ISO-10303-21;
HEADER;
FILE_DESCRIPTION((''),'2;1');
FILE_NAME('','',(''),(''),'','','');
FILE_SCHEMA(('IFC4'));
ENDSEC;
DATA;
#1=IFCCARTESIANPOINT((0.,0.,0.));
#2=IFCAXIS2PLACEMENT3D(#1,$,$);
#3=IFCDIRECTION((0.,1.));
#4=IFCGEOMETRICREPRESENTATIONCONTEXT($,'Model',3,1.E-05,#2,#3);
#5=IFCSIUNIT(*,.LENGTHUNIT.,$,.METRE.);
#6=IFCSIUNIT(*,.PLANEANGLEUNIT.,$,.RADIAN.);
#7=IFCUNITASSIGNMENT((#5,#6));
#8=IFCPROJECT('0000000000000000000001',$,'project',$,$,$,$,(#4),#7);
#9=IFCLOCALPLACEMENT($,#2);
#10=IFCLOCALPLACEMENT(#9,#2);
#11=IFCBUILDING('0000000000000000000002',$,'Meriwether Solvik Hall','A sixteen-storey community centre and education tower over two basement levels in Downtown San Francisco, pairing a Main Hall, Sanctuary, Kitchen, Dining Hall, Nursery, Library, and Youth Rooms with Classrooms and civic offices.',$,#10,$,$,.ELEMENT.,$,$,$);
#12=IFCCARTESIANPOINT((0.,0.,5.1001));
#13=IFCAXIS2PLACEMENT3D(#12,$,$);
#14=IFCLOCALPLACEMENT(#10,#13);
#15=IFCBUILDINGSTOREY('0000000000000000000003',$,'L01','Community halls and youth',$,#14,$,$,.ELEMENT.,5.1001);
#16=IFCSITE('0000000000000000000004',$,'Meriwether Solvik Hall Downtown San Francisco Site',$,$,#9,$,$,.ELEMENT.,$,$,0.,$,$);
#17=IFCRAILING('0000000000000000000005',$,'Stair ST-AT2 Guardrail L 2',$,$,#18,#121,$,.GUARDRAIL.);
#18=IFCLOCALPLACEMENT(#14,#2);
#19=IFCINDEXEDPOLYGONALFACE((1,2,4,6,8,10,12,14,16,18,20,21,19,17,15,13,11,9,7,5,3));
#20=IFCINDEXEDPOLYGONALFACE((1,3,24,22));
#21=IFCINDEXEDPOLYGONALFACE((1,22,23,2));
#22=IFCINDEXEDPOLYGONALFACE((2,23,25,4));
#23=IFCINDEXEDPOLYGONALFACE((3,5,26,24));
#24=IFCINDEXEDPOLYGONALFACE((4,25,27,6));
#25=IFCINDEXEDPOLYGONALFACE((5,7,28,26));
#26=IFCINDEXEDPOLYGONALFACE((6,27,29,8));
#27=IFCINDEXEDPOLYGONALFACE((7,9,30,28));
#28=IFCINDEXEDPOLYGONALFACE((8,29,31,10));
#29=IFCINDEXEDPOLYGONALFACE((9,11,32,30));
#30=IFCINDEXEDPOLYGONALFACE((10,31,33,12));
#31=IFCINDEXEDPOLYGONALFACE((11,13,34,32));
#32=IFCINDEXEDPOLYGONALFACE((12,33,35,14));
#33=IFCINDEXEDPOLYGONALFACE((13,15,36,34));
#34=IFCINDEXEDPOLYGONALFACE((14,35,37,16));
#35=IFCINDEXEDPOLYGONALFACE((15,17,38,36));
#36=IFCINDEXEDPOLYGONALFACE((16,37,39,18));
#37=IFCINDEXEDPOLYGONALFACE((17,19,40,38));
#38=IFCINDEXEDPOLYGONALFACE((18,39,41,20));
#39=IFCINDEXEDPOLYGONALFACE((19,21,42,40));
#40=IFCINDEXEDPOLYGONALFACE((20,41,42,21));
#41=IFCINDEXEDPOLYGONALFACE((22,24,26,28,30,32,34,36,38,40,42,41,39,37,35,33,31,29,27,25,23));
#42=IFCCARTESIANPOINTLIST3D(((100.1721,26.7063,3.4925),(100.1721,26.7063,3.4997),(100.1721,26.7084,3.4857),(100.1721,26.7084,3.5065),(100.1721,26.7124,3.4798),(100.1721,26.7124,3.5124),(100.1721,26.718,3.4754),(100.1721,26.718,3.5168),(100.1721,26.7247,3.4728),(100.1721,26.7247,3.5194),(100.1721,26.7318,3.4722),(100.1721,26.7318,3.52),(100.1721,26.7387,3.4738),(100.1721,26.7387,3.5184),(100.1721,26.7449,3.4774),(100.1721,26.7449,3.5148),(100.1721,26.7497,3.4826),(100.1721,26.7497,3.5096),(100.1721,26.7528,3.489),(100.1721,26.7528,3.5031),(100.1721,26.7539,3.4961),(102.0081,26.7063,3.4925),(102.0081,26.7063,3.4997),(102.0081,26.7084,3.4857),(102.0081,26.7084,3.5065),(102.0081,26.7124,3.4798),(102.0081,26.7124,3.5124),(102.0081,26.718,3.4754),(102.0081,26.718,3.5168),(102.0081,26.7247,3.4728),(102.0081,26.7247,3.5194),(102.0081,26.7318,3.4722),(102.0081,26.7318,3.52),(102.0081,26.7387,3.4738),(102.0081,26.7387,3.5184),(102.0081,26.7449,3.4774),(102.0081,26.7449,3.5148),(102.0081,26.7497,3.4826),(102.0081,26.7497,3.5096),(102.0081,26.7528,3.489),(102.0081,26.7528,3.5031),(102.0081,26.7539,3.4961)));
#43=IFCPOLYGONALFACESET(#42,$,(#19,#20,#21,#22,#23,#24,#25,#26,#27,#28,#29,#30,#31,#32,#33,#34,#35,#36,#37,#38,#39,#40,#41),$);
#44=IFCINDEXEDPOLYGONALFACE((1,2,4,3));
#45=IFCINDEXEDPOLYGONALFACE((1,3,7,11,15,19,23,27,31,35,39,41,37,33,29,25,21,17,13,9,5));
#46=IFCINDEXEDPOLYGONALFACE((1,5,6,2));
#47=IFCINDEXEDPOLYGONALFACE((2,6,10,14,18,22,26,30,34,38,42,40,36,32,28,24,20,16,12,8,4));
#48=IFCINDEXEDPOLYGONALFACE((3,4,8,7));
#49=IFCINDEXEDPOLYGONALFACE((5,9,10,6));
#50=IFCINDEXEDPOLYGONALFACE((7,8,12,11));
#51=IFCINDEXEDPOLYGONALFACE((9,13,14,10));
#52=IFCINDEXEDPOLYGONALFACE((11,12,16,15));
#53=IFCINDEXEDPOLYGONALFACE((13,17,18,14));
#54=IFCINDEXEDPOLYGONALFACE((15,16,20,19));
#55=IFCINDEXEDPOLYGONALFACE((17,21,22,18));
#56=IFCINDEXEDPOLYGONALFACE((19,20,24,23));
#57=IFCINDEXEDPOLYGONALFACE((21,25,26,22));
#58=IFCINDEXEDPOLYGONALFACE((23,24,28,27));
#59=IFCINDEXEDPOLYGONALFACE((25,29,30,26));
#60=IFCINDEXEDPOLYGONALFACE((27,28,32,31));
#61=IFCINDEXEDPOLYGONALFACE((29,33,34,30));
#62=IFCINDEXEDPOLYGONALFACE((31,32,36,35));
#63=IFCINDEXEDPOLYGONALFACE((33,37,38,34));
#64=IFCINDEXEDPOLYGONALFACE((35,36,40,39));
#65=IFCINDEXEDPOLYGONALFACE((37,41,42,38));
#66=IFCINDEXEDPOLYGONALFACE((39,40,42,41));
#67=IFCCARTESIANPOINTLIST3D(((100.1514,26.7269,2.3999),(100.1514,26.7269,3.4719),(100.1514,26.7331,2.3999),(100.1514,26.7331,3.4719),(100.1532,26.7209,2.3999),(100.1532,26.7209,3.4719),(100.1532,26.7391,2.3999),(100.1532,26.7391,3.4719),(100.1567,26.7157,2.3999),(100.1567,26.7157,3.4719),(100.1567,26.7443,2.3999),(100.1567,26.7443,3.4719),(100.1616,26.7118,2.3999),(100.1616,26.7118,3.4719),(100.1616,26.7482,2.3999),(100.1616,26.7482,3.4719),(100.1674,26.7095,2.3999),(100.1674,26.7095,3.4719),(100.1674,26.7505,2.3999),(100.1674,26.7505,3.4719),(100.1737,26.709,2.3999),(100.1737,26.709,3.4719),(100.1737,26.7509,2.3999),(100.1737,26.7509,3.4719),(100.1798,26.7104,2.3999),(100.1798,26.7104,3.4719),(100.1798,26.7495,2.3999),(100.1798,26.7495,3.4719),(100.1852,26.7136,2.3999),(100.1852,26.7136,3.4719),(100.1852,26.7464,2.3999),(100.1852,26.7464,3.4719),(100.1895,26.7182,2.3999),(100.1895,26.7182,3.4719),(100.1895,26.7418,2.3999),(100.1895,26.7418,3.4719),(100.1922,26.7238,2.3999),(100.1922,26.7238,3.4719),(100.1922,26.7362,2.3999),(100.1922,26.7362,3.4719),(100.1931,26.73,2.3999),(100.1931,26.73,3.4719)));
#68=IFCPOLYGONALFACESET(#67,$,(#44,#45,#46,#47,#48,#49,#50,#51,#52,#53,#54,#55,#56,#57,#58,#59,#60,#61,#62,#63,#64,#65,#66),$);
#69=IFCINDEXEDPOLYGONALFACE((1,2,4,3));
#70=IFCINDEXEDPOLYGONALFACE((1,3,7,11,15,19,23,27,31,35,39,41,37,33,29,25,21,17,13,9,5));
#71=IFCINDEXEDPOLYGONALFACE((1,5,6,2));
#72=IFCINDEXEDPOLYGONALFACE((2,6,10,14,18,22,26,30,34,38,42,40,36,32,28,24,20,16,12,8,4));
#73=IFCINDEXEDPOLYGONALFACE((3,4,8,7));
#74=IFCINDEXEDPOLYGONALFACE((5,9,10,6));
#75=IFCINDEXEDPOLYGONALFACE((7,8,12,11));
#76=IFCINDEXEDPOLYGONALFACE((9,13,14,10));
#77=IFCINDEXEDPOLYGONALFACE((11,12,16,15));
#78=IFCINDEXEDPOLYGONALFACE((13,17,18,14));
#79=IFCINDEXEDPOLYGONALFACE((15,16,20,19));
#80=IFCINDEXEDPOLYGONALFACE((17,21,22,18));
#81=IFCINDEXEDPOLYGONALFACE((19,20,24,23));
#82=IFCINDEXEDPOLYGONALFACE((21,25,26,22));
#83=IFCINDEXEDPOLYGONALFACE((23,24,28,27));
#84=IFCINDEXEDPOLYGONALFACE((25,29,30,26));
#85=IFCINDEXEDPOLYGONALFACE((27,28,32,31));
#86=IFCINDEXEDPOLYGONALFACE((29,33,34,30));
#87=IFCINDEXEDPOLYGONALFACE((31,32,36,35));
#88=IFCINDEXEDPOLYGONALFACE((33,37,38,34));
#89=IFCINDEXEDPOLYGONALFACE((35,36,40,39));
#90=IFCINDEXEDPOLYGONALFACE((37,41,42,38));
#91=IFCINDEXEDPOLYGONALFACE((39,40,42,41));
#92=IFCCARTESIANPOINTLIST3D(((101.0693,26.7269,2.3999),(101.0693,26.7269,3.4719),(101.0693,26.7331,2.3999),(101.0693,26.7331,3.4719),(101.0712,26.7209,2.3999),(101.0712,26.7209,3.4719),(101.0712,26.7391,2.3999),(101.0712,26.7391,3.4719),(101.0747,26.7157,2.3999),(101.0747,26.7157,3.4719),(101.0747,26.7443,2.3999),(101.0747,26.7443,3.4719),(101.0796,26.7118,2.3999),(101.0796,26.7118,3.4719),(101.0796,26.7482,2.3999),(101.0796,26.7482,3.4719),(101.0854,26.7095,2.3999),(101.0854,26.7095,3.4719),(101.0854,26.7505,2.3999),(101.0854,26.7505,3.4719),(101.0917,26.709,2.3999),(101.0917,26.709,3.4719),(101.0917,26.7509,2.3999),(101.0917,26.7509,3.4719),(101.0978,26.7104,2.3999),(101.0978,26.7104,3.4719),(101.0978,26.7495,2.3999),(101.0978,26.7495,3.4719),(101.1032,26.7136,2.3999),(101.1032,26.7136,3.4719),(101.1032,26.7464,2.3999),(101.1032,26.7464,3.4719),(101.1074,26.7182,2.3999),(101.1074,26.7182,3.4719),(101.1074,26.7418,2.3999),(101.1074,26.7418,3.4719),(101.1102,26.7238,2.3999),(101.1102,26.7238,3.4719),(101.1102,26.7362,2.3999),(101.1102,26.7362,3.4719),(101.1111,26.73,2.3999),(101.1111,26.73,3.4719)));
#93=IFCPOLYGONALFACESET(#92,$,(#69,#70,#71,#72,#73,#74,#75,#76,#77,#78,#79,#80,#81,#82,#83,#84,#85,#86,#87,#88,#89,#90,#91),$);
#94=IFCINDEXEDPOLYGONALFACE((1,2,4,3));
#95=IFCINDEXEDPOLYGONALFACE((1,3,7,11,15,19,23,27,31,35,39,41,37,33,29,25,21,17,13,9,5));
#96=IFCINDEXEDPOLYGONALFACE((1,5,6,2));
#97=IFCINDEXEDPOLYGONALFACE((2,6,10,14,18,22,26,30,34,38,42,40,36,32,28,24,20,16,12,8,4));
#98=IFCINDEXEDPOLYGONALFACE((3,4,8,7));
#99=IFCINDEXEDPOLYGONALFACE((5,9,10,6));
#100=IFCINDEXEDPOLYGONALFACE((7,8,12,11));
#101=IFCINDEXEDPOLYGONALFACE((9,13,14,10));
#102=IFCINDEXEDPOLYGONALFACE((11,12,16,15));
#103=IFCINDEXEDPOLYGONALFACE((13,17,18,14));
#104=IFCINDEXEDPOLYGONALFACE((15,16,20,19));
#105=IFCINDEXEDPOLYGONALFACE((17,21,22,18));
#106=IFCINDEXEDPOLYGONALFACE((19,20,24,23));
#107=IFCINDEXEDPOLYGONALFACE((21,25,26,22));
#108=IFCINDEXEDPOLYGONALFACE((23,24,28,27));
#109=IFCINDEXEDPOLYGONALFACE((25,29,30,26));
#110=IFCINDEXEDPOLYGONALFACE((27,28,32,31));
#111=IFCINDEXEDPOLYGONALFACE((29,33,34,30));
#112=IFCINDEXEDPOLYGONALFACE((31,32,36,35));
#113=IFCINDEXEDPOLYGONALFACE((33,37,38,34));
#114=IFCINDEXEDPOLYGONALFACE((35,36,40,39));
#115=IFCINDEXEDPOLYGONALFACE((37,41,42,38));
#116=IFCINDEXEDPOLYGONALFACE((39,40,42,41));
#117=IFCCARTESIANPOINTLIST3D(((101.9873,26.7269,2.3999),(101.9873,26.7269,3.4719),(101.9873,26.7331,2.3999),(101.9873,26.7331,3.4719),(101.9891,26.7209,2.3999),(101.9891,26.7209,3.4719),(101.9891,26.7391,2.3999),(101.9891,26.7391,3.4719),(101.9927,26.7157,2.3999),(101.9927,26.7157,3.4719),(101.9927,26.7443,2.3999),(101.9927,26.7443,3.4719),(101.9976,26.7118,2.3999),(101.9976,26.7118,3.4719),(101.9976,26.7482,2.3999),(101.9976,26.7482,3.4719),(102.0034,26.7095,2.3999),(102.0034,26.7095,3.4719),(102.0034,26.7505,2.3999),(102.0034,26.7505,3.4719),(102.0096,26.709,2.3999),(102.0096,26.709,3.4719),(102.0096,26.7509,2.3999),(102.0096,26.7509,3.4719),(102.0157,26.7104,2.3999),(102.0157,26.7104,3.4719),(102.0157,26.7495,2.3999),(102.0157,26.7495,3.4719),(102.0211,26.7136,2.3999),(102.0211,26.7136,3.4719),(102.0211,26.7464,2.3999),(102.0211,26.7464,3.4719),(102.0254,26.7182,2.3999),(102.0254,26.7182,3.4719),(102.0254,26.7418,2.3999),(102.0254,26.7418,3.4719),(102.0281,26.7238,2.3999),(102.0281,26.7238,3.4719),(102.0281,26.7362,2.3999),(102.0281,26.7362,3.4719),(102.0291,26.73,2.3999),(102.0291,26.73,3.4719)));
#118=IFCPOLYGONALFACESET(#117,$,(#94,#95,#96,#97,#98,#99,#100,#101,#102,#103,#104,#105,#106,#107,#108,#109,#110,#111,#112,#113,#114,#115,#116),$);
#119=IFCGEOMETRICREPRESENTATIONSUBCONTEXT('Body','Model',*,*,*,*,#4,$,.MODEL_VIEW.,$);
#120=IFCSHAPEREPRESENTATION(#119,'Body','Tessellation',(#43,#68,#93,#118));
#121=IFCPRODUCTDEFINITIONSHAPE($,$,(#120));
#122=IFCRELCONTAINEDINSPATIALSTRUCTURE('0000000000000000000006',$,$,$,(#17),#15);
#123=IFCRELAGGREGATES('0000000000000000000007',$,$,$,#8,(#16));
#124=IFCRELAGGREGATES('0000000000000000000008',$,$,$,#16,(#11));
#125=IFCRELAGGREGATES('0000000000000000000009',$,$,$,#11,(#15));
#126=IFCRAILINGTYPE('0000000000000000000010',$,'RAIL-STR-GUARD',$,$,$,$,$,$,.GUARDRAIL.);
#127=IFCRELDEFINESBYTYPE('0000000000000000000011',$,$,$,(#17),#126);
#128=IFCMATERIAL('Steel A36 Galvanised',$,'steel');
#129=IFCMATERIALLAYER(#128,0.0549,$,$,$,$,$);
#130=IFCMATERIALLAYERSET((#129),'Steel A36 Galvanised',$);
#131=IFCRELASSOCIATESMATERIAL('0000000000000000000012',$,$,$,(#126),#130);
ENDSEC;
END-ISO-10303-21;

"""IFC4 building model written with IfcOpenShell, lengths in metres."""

from ifc_helpers import new_model, si_unit, direction, frame, origin, origin_2d, place, context, subcontext, project, spatial, circle, extrude, material, layer, layer_set, type_object, element, save


model = new_model("IFC4")

# Units and contexts
model_context = context("Model", 3, precision=1e-05, world=origin(), true_north=direction((0.0, 1.0)))
body_context = subcontext(model_context, "Body", "Model", "MODEL_VIEW")
ifc_project = project(units=[si_unit("LENGTHUNIT", "METRE"), si_unit("PLANEANGLEUNIT", "RADIAN")], contexts=[model_context])

# Site, building, storey
site_placement = place(None, origin())
site = spatial("IfcSite", under=ifc_project, at=site_placement, Name="Meriwether Solvik Hall Downtown San Francisco Site", CompositionType="ELEMENT", RefElevation=0.0)
building_placement = place(site_placement, origin())
building = spatial("IfcBuilding", under=site, at=building_placement, Name="Meriwether Solvik Hall", Description="A sixteen-storey community centre and education tower over two basement levels in Downtown San Francisco, pairing a Main Hall, Sanctuary, Kitchen, Dining Hall, Nursery, Library, and Youth Rooms with Classrooms and civic offices.", CompositionType="ELEMENT")
storey_placement = place(building_placement, frame((0.0, 0.0, 5.1001)))
storey = spatial("IfcBuildingStorey", under=building, at=storey_placement, Name="L01", Description="Community halls and youth", CompositionType="ELEMENT", Elevation=5.1001)

# Railing
ifc_material_1 = material(Name="Steel A36 Galvanised", Category="steel")
ifc_layer_1 = layer(ifc_material_1, 0.0549)
ifc_layer_set_1 = layer_set([ifc_layer_1], Name="Steel A36 Galvanised")
railing_type_1 = type_object("IfcRailingType", Name="RAIL-STR-GUARD", PredefinedType="GUARDRAIL", material=ifc_layer_set_1)
railing_1_placement = place(storey_placement, frame((100.1721, 26.73, 2.3999)))
element("IfcRailing", 1, at=railing_1_placement, inside=storey, type_object=railing_type_1, Name="Stair ST-AT2 Guardrail L 2", PredefinedType="GUARDRAIL", context=body_context, shape_type="SweptSolid", body=[
    extrude(circle(Radius=0.0239, at=origin_2d()), frame((0.0, 0.0, 1.0962), z_axis=(1.0, 0.0, 0.0), x_axis=(0.0, 1.0, 0.0)), (0.0, 0.0, 1.0), 1.8359),
    extrude(circle(Radius=0.021, at=origin_2d()), origin(), (0.0, 0.0, 1.0), 1.072),
    extrude(circle(Radius=0.021, at=origin_2d()), frame((0.918, 0.0, 0.0)), (0.0, 0.0, 1.0), 1.072),
    extrude(circle(Radius=0.021, at=origin_2d()), frame((1.8359, 0.0, 0.0)), (0.0, 0.0, 1.0), 1.072),
])

save(model, "model.ifc")
